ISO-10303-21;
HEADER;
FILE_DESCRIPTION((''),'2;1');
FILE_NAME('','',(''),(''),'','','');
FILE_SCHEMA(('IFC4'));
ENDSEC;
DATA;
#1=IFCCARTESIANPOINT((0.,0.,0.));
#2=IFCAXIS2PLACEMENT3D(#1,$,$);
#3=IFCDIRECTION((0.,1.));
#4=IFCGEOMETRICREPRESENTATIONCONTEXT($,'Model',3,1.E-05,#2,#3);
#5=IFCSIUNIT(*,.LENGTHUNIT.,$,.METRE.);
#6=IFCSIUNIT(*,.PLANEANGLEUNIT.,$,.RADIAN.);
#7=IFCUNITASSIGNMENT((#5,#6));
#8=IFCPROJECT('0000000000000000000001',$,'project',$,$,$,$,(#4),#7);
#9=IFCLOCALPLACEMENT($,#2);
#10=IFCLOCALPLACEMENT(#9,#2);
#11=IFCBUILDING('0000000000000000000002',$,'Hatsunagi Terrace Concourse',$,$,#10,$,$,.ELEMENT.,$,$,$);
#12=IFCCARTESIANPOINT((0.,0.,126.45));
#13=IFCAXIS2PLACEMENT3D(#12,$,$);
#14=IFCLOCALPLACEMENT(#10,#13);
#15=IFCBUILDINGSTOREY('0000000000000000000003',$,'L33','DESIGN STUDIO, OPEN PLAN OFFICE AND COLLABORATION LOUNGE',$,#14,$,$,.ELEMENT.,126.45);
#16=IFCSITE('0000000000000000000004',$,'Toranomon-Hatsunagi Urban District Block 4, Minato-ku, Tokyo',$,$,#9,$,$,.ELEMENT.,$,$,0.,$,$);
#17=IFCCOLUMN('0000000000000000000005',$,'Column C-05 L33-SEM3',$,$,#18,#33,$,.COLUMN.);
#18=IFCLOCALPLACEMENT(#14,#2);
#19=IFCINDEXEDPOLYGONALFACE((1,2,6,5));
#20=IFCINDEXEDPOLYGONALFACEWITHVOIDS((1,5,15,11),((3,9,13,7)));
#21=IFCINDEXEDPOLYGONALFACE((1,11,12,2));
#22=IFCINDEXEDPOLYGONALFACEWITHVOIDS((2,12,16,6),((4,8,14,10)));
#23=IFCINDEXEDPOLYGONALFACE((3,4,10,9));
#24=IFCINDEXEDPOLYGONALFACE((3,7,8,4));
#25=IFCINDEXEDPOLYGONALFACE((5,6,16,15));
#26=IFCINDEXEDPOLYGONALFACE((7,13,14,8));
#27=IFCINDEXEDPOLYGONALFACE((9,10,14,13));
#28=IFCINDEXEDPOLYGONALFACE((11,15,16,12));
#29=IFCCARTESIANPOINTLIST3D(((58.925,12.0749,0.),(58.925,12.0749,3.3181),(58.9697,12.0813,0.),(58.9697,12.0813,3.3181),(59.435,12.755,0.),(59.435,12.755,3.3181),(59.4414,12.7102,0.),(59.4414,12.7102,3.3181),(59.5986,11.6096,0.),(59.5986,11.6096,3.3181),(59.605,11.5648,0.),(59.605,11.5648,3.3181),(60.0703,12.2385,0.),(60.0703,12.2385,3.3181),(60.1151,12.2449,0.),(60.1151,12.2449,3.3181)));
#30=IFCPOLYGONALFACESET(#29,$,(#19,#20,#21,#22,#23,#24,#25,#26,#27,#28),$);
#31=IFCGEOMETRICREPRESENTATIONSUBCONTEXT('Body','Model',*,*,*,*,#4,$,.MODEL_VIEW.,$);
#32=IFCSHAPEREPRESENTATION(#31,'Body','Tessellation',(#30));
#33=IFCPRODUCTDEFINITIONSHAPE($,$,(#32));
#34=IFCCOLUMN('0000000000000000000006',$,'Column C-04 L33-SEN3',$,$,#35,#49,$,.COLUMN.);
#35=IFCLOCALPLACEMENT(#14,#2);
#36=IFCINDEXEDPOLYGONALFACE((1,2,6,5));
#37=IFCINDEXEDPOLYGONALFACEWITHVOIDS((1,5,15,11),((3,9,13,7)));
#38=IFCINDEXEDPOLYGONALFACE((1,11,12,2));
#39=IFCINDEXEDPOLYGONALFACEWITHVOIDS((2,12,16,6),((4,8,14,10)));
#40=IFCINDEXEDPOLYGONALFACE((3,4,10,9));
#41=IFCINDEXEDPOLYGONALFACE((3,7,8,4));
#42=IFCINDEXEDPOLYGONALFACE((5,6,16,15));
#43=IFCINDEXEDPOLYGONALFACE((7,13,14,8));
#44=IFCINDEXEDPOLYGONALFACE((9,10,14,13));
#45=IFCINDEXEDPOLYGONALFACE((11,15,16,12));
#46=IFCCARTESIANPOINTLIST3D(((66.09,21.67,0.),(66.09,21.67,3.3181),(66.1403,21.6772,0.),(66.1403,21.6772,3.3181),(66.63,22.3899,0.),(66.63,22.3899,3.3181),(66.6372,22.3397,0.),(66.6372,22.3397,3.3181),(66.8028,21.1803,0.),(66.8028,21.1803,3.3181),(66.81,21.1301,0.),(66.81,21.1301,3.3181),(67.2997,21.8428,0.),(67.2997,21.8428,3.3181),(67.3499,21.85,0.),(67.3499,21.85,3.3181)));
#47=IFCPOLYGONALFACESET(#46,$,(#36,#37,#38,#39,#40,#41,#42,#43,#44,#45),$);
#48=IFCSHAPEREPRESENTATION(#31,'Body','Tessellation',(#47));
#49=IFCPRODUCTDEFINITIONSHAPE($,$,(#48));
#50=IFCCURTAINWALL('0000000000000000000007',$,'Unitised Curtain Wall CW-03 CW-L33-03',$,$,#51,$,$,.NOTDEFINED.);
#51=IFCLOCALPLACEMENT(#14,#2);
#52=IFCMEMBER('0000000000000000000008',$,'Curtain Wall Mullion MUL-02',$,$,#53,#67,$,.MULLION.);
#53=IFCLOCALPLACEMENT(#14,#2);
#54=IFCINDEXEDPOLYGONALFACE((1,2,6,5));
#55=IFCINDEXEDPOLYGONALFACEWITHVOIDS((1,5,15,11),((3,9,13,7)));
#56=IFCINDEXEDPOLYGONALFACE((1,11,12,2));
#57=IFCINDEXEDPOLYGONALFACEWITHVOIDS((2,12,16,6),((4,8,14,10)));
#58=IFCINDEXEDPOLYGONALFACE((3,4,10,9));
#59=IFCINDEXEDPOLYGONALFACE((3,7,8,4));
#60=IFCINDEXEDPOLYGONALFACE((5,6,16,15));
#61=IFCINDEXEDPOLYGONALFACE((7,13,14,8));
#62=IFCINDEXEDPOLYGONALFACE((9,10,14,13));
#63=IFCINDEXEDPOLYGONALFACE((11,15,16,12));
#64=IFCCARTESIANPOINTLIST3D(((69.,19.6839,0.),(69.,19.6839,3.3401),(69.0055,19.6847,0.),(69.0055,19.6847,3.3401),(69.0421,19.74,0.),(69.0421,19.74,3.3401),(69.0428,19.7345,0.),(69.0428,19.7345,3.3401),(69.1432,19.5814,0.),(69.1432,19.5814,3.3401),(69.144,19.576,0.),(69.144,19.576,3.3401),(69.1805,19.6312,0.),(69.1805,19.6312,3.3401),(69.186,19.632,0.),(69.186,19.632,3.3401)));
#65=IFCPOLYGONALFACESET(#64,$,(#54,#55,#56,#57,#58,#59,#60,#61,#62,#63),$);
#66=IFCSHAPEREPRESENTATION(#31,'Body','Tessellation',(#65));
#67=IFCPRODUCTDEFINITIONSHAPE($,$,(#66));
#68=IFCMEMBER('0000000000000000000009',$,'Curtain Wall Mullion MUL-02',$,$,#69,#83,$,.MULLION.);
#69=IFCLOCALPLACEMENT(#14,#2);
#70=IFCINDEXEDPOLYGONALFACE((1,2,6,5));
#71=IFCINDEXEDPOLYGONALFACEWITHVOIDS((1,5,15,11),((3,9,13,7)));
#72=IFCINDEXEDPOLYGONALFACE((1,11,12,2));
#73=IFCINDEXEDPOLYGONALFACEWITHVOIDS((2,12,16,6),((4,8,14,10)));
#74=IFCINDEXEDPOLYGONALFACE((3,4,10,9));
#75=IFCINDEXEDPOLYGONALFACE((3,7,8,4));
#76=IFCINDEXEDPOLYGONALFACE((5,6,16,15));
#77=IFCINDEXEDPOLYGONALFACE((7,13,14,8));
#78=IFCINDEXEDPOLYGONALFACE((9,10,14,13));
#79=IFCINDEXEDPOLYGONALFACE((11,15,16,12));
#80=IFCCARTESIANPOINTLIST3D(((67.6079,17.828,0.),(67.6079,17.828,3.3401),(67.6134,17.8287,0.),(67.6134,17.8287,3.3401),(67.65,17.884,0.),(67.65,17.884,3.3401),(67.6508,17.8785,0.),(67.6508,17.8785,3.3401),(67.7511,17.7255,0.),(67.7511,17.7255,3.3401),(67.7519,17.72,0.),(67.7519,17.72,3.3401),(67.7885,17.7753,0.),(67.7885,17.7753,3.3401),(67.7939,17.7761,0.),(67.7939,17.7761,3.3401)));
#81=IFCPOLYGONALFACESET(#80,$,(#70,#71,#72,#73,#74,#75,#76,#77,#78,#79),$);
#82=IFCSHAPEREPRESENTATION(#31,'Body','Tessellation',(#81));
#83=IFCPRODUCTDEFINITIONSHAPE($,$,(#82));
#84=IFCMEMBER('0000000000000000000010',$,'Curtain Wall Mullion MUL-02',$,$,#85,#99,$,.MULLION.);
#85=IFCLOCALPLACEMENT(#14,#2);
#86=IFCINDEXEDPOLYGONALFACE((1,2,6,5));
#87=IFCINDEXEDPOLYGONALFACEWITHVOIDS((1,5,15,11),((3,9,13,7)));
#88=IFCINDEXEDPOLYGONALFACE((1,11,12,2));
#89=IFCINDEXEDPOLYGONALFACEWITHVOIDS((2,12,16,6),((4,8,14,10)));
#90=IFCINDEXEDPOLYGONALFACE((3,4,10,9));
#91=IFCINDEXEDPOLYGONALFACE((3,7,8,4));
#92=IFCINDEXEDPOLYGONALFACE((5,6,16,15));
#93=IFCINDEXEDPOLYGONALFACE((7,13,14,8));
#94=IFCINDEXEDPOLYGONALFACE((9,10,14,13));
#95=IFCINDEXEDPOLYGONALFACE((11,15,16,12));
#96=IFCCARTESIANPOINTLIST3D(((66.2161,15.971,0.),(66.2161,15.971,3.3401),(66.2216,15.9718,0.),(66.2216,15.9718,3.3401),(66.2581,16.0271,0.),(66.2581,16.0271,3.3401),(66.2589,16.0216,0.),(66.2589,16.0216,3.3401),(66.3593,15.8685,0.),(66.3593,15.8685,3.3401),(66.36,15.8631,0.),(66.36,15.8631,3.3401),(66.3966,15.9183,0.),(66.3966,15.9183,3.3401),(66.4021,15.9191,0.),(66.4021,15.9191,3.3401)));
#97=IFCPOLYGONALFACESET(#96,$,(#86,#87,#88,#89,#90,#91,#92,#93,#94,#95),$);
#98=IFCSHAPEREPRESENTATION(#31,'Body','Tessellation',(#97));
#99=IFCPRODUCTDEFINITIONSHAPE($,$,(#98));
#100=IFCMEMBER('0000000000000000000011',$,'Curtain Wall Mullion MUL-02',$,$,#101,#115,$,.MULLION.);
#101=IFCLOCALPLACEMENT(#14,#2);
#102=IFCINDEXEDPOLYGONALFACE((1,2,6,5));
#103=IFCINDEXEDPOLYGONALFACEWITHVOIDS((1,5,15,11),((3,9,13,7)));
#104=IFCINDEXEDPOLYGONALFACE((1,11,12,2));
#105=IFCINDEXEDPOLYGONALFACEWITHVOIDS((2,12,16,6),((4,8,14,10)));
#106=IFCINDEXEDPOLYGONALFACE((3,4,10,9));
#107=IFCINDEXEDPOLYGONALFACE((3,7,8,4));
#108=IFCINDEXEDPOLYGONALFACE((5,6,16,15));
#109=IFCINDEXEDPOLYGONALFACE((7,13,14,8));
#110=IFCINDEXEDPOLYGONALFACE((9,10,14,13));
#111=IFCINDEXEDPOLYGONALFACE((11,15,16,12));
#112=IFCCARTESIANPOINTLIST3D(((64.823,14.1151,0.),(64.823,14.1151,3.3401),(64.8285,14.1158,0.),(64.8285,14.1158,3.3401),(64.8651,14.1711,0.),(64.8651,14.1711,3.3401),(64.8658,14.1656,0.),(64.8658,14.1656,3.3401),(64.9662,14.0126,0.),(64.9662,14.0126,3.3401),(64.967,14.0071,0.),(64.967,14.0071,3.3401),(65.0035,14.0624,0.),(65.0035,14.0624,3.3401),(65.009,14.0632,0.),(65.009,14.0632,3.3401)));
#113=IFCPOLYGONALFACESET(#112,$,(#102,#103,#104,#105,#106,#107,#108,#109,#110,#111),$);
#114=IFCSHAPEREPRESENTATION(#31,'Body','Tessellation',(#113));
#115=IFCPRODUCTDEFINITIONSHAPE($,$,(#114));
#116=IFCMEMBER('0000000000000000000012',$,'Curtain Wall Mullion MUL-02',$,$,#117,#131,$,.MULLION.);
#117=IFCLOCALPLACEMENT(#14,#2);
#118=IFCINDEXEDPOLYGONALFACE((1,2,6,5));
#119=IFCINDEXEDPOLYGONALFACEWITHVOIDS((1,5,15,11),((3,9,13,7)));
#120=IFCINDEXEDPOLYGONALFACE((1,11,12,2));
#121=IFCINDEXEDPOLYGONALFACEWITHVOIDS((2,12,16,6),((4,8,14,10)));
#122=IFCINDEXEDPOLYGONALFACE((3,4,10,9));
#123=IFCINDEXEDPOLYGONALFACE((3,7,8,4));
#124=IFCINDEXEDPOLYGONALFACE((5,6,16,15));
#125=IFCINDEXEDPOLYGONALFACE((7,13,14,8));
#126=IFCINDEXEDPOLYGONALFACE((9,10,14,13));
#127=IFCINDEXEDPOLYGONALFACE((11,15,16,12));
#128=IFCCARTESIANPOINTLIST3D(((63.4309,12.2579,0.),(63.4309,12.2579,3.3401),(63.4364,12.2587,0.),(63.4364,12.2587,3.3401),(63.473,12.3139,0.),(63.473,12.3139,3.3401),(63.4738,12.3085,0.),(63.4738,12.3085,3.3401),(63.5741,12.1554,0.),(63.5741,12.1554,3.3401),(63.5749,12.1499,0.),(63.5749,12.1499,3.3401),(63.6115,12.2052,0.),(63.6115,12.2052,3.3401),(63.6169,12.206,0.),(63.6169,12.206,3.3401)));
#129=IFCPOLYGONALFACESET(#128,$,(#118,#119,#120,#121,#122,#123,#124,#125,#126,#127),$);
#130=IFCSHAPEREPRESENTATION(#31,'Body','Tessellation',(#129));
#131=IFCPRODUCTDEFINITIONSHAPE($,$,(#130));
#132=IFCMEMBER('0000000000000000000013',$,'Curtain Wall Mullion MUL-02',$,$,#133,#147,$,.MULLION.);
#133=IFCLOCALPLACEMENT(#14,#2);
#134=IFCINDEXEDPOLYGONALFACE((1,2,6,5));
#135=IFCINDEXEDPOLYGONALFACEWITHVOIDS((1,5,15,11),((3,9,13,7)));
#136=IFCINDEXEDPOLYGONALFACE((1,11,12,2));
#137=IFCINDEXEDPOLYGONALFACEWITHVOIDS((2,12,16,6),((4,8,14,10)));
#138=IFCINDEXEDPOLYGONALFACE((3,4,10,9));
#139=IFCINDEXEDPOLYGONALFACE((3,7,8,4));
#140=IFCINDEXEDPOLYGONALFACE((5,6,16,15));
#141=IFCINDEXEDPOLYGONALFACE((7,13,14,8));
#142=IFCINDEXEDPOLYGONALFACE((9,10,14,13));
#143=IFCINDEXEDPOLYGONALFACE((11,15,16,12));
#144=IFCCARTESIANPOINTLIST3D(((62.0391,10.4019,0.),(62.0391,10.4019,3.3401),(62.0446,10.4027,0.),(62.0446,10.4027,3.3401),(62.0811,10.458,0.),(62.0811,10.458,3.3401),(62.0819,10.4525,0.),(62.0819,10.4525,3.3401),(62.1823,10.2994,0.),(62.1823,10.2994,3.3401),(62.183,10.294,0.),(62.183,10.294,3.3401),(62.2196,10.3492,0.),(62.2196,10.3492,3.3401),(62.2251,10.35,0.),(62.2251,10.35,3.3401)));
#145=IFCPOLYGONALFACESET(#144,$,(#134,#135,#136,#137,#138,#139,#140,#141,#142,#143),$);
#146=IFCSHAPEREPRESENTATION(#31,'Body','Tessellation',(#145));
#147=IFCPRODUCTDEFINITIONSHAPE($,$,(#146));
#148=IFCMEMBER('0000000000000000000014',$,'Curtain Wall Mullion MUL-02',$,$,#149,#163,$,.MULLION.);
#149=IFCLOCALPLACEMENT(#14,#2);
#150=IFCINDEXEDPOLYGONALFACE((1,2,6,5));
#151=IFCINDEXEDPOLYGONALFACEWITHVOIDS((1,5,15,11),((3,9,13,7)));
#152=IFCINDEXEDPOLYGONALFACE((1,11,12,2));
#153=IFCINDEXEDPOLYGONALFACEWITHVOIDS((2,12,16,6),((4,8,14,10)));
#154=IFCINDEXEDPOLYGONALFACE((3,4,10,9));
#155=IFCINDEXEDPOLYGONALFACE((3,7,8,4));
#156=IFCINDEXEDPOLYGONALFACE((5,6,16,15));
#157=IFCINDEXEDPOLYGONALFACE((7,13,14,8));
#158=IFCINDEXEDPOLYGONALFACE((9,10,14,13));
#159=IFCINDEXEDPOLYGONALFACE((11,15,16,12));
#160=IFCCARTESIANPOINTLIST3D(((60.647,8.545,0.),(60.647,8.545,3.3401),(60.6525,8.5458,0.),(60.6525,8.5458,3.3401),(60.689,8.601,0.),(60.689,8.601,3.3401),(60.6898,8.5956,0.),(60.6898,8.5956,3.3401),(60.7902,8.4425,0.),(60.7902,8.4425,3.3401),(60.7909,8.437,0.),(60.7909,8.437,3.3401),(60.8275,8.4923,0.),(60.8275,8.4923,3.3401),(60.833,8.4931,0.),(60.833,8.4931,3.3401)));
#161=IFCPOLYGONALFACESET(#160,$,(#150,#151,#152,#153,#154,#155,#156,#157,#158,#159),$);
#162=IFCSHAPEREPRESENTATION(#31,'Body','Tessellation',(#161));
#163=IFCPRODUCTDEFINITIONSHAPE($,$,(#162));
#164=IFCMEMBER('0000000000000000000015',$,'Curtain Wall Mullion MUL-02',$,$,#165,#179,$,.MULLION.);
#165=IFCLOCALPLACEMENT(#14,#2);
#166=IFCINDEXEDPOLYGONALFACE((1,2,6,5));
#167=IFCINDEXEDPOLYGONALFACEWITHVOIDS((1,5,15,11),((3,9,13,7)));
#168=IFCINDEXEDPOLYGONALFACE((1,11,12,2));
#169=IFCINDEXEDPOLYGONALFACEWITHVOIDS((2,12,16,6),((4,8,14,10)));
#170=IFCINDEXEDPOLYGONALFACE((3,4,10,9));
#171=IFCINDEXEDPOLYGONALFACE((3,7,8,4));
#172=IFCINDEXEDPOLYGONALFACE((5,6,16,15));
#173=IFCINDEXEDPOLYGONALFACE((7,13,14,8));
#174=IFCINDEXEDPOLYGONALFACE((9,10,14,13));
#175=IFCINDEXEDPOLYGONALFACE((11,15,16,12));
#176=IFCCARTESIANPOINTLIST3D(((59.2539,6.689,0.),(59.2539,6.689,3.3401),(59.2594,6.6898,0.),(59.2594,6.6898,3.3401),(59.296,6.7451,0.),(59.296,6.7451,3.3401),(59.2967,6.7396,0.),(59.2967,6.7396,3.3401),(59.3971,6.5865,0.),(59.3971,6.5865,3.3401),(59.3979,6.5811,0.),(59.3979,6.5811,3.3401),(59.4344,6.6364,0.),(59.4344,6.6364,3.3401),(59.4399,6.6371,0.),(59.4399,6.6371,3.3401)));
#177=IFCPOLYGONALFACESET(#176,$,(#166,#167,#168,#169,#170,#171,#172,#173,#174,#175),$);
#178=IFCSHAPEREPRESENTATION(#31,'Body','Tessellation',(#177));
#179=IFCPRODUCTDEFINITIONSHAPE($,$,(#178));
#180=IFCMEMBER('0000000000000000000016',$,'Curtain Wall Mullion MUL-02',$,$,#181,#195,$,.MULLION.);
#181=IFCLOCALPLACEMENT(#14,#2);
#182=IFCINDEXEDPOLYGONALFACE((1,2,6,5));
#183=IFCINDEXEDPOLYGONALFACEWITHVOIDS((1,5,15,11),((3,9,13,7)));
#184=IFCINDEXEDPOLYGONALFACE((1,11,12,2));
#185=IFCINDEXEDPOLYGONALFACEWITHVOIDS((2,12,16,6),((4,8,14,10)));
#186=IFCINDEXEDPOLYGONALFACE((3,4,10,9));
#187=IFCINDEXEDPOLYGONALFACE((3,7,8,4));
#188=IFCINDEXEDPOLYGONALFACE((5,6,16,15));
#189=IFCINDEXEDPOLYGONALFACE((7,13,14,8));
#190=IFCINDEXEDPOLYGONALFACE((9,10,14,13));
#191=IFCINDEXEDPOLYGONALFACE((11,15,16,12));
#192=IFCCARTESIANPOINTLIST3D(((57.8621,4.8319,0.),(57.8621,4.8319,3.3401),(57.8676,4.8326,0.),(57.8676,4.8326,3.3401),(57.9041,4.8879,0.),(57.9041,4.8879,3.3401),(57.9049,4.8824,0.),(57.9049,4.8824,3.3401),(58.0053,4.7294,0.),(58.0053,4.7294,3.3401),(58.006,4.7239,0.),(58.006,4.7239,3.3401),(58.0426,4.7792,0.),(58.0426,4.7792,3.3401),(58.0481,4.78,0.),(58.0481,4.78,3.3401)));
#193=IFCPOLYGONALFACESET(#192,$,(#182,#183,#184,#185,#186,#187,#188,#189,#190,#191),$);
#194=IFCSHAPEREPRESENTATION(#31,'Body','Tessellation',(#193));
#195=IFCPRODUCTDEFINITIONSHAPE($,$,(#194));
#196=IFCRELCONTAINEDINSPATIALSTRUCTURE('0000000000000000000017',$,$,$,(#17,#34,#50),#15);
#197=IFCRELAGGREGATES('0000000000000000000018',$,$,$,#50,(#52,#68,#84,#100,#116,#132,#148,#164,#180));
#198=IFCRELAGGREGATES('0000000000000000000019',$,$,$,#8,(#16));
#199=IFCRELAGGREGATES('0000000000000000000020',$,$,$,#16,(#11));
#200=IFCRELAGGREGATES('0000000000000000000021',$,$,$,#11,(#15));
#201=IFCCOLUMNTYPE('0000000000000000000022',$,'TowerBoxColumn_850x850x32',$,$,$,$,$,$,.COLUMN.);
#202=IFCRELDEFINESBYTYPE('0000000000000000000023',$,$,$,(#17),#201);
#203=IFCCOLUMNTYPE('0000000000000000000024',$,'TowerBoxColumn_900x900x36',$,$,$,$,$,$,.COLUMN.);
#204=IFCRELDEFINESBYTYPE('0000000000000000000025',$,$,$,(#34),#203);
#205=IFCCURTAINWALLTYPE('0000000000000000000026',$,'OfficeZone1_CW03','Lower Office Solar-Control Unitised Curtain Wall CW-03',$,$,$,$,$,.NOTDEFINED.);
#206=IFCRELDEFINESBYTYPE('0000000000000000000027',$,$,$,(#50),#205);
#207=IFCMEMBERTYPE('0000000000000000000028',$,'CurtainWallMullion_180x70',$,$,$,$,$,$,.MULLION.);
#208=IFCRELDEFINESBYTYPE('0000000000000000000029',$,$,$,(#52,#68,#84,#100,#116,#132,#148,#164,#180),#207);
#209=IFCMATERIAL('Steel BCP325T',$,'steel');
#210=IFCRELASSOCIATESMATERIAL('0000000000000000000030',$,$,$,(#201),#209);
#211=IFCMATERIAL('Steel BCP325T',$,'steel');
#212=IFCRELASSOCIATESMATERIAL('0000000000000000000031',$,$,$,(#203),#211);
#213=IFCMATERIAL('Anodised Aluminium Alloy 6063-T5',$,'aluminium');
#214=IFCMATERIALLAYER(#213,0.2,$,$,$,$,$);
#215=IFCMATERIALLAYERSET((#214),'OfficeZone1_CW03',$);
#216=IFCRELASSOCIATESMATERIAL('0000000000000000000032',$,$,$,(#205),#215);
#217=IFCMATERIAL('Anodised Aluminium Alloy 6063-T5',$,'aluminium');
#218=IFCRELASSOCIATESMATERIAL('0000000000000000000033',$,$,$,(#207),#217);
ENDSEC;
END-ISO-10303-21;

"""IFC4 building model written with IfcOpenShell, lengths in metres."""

from ifc_helpers import new_model, si_unit, direction, frame, origin, origin_2d, place, context, subcontext, project, spatial, hollow_rectangle, extrude, material, layer, layer_set, material_profile, profile_set, type_object, element, aggregate, save


model = new_model("IFC4")

# Units and contexts
model_context = context("Model", 3, precision=1e-05, world=origin(), true_north=direction((0.0, 1.0)))
body_context = subcontext(model_context, "Body", "Model", "MODEL_VIEW")
ifc_project = project(units=[si_unit("LENGTHUNIT", "METRE"), si_unit("PLANEANGLEUNIT", "RADIAN")], contexts=[model_context])

# Site, building, storey
site_placement = place(None, origin())
site = spatial("IfcSite", under=ifc_project, at=site_placement, Name="Toranomon-Hatsunagi Urban District Block 4, Minato-ku, Tokyo", CompositionType="ELEMENT", RefElevation=0.0)
building_placement = place(site_placement, origin())
building = spatial("IfcBuilding", under=site, at=building_placement, Name="Hatsunagi Terrace Concourse", CompositionType="ELEMENT")
storey_placement = place(building_placement, frame((0.0, 0.0, 126.45)))
storey = spatial("IfcBuildingStorey", under=building, at=storey_placement, Name="L33", Description="DESIGN STUDIO, OPEN PLAN OFFICE AND COLLABORATION LOUNGE", CompositionType="ELEMENT", Elevation=126.45)

# Columns
ifc_material_1 = material(Name="Steel BCP325T", Category="steel")
ifc_material_profile_1 = material_profile(ifc_material_1, hollow_rectangle(XDim=0.8501, YDim=0.8501, WallThickness=0.032, at=origin_2d()), Name="BCP-850x850x32")
ifc_profile_set_1 = profile_set([ifc_material_profile_1], Name="Steel BCP325T")
column_type_1 = type_object("IfcColumnType", Name="TowerBoxColumn_850x850x32", PredefinedType="COLUMN", material=ifc_profile_set_1)
column_1_placement = place(storey_placement, frame((59.52, 12.1599, 0.0), z_axis=(0.0, 0.0, 1.0), x_axis=(0.8, -0.6, 0.0)))
element("IfcColumn", 1, at=column_1_placement, inside=storey, type_object=column_type_1, Name="Column C-05 L33-SEM3", PredefinedType="COLUMN", context=body_context, shape_type="SweptSolid", body=[
    extrude(hollow_rectangle(XDim=0.8501, YDim=0.8501, WallThickness=0.032, at=origin_2d()), origin(), (0.0, 0.0, 1.0), 3.3181),
])
ifc_material_2 = material(Name="Steel BCP325T", Category="steel")
ifc_material_profile_2 = material_profile(ifc_material_2, hollow_rectangle(XDim=0.8999, YDim=0.8999, WallThickness=0.0359, at=origin_2d()), Name="BCP-900x900x36")
ifc_profile_set_2 = profile_set([ifc_material_profile_2], Name="Steel BCP325T")
column_type_2 = type_object("IfcColumnType", Name="TowerBoxColumn_900x900x36", PredefinedType="COLUMN", material=ifc_profile_set_2)
column_2_placement = place(storey_placement, frame((66.72, 21.76, 0.0), z_axis=(0.0, 0.0, 1.0), x_axis=(0.8, -0.6, 0.0)))
element("IfcColumn", 2, at=column_2_placement, inside=storey, type_object=column_type_2, Name="Column C-04 L33-SEN3", PredefinedType="COLUMN", context=body_context, shape_type="SweptSolid", body=[
    extrude(hollow_rectangle(XDim=0.8999, YDim=0.8999, WallThickness=0.0359, at=origin_2d()), origin(), (0.0, 0.0, 1.0), 3.3181),
])

# Curtain wall, members
ifc_material_3 = material(Name="Anodised Aluminium Alloy 6063-T5", Category="aluminium")
ifc_layer_1 = layer(ifc_material_3, 0.2)
ifc_layer_set_1 = layer_set([ifc_layer_1], Name="OfficeZone1_CW03")
curtain_wall_type = type_object("IfcCurtainWallType", Name="OfficeZone1_CW03", Description="Lower Office Solar-Control Unitised Curtain Wall CW-03", PredefinedType="NOTDEFINED", material=ifc_layer_set_1)
curtain_wall_placement = place(storey_placement, origin())
curtain_wall = element("IfcCurtainWall", 3, at=curtain_wall_placement, inside=storey, type_object=curtain_wall_type, Name="Unitised Curtain Wall CW-03 CW-L33-03", PredefinedType="NOTDEFINED")
ifc_material_4 = material(Name="Anodised Aluminium Alloy 6063-T5", Category="aluminium")
ifc_material_profile_3 = material_profile(ifc_material_4, hollow_rectangle(XDim=0.0701, YDim=0.1799, WallThickness=0.0039, at=origin_2d()), Name="ALU-MUL-180x70x4")
ifc_profile_set_3 = profile_set([ifc_material_profile_3], Name="Anodised Aluminium Alloy 6063-T5")
member_type_1 = type_object("IfcMemberType", Name="CurtainWallMullion_180x70", PredefinedType="MULLION", material=ifc_profile_set_3)
member_1_placement = place(storey_placement, frame((69.093, 19.658, 0.0), z_axis=(0.0, 0.0, 1.0), x_axis=(-0.599969, -0.800023, 0.0)))
member_1 = element("IfcMember", 4, at=member_1_placement, type_object=member_type_1, Name="Curtain Wall Mullion MUL-02", PredefinedType="MULLION", context=body_context, shape_type="SweptSolid", body=[
    extrude(hollow_rectangle(XDim=0.0701, YDim=0.1799, WallThickness=0.0039, at=origin_2d()), origin(), (0.0, 0.0, 1.0), 3.3401),
])
member_2_placement = place(storey_placement, frame((67.7009, 17.802, 0.0), z_axis=(0.0, 0.0, 1.0), x_axis=(-0.599969, -0.800023, 0.0)))
member_2 = element("IfcMember", 5, at=member_2_placement, type_object=member_type_1, Name="Curtain Wall Mullion MUL-02", PredefinedType="MULLION", context=body_context, shape_type="SweptSolid", body=[
    extrude(hollow_rectangle(XDim=0.0701, YDim=0.1799, WallThickness=0.0039, at=origin_2d()), origin(), (0.0, 0.0, 1.0), 3.3401),
])
member_3_placement = place(storey_placement, frame((66.3091, 15.9451, 0.0), z_axis=(0.0, 0.0, 1.0), x_axis=(-0.599969, -0.800023, 0.0)))
member_3 = element("IfcMember", 6, at=member_3_placement, type_object=member_type_1, Name="Curtain Wall Mullion MUL-02", PredefinedType="MULLION", context=body_context, shape_type="SweptSolid", body=[
    extrude(hollow_rectangle(XDim=0.0701, YDim=0.1799, WallThickness=0.0039, at=origin_2d()), origin(), (0.0, 0.0, 1.0), 3.3401),
])
member_4_placement = place(storey_placement, frame((64.916, 14.0891, 0.0), z_axis=(0.0, 0.0, 1.0), x_axis=(-0.599969, -0.800023, 0.0)))
member_4 = element("IfcMember", 7, at=member_4_placement, type_object=member_type_1, Name="Curtain Wall Mullion MUL-02", PredefinedType="MULLION", context=body_context, shape_type="SweptSolid", body=[
    extrude(hollow_rectangle(XDim=0.0701, YDim=0.1799, WallThickness=0.0039, at=origin_2d()), origin(), (0.0, 0.0, 1.0), 3.3401),
])
member_5_placement = place(storey_placement, frame((63.5239, 12.2319, 0.0), z_axis=(0.0, 0.0, 1.0), x_axis=(-0.599969, -0.800023, 0.0)))
member_5 = element("IfcMember", 8, at=member_5_placement, type_object=member_type_1, Name="Curtain Wall Mullion MUL-02", PredefinedType="MULLION", context=body_context, shape_type="SweptSolid", body=[
    extrude(hollow_rectangle(XDim=0.0701, YDim=0.1799, WallThickness=0.0039, at=origin_2d()), origin(), (0.0, 0.0, 1.0), 3.3401),
])
member_6_placement = place(storey_placement, frame((62.1321, 10.376, 0.0), z_axis=(0.0, 0.0, 1.0), x_axis=(-0.599969, -0.800023, 0.0)))
member_6 = element("IfcMember", 9, at=member_6_placement, type_object=member_type_1, Name="Curtain Wall Mullion MUL-02", PredefinedType="MULLION", context=body_context, shape_type="SweptSolid", body=[
    extrude(hollow_rectangle(XDim=0.0701, YDim=0.1799, WallThickness=0.0039, at=origin_2d()), origin(), (0.0, 0.0, 1.0), 3.3401),
])
member_7_placement = place(storey_placement, frame((60.74, 8.519, 0.0), z_axis=(0.0, 0.0, 1.0), x_axis=(-0.599969, -0.800023, 0.0)))
member_7 = element("IfcMember", 10, at=member_7_placement, type_object=member_type_1, Name="Curtain Wall Mullion MUL-02", PredefinedType="MULLION", context=body_context, shape_type="SweptSolid", body=[
    extrude(hollow_rectangle(XDim=0.0701, YDim=0.1799, WallThickness=0.0039, at=origin_2d()), origin(), (0.0, 0.0, 1.0), 3.3401),
])
member_8_placement = place(storey_placement, frame((59.3469, 6.6631, 0.0), z_axis=(0.0, 0.0, 1.0), x_axis=(-0.599969, -0.800023, 0.0)))
member_8 = element("IfcMember", 11, at=member_8_placement, type_object=member_type_1, Name="Curtain Wall Mullion MUL-02", PredefinedType="MULLION", context=body_context, shape_type="SweptSolid", body=[
    extrude(hollow_rectangle(XDim=0.0701, YDim=0.1799, WallThickness=0.0039, at=origin_2d()), origin(), (0.0, 0.0, 1.0), 3.3401),
])
member_9_placement = place(storey_placement, frame((57.9551, 4.8059, 0.0), z_axis=(0.0, 0.0, 1.0), x_axis=(-0.599969, -0.800023, 0.0)))
member_9 = element("IfcMember", 12, at=member_9_placement, type_object=member_type_1, Name="Curtain Wall Mullion MUL-02", PredefinedType="MULLION", context=body_context, shape_type="SweptSolid", body=[
    extrude(hollow_rectangle(XDim=0.0701, YDim=0.1799, WallThickness=0.0039, at=origin_2d()), origin(), (0.0, 0.0, 1.0), 3.3401),
])

aggregate(curtain_wall, [member_1, member_2, member_3, member_4, member_5, member_6, member_7, member_8, member_9])

save(model, "model.ifc")
